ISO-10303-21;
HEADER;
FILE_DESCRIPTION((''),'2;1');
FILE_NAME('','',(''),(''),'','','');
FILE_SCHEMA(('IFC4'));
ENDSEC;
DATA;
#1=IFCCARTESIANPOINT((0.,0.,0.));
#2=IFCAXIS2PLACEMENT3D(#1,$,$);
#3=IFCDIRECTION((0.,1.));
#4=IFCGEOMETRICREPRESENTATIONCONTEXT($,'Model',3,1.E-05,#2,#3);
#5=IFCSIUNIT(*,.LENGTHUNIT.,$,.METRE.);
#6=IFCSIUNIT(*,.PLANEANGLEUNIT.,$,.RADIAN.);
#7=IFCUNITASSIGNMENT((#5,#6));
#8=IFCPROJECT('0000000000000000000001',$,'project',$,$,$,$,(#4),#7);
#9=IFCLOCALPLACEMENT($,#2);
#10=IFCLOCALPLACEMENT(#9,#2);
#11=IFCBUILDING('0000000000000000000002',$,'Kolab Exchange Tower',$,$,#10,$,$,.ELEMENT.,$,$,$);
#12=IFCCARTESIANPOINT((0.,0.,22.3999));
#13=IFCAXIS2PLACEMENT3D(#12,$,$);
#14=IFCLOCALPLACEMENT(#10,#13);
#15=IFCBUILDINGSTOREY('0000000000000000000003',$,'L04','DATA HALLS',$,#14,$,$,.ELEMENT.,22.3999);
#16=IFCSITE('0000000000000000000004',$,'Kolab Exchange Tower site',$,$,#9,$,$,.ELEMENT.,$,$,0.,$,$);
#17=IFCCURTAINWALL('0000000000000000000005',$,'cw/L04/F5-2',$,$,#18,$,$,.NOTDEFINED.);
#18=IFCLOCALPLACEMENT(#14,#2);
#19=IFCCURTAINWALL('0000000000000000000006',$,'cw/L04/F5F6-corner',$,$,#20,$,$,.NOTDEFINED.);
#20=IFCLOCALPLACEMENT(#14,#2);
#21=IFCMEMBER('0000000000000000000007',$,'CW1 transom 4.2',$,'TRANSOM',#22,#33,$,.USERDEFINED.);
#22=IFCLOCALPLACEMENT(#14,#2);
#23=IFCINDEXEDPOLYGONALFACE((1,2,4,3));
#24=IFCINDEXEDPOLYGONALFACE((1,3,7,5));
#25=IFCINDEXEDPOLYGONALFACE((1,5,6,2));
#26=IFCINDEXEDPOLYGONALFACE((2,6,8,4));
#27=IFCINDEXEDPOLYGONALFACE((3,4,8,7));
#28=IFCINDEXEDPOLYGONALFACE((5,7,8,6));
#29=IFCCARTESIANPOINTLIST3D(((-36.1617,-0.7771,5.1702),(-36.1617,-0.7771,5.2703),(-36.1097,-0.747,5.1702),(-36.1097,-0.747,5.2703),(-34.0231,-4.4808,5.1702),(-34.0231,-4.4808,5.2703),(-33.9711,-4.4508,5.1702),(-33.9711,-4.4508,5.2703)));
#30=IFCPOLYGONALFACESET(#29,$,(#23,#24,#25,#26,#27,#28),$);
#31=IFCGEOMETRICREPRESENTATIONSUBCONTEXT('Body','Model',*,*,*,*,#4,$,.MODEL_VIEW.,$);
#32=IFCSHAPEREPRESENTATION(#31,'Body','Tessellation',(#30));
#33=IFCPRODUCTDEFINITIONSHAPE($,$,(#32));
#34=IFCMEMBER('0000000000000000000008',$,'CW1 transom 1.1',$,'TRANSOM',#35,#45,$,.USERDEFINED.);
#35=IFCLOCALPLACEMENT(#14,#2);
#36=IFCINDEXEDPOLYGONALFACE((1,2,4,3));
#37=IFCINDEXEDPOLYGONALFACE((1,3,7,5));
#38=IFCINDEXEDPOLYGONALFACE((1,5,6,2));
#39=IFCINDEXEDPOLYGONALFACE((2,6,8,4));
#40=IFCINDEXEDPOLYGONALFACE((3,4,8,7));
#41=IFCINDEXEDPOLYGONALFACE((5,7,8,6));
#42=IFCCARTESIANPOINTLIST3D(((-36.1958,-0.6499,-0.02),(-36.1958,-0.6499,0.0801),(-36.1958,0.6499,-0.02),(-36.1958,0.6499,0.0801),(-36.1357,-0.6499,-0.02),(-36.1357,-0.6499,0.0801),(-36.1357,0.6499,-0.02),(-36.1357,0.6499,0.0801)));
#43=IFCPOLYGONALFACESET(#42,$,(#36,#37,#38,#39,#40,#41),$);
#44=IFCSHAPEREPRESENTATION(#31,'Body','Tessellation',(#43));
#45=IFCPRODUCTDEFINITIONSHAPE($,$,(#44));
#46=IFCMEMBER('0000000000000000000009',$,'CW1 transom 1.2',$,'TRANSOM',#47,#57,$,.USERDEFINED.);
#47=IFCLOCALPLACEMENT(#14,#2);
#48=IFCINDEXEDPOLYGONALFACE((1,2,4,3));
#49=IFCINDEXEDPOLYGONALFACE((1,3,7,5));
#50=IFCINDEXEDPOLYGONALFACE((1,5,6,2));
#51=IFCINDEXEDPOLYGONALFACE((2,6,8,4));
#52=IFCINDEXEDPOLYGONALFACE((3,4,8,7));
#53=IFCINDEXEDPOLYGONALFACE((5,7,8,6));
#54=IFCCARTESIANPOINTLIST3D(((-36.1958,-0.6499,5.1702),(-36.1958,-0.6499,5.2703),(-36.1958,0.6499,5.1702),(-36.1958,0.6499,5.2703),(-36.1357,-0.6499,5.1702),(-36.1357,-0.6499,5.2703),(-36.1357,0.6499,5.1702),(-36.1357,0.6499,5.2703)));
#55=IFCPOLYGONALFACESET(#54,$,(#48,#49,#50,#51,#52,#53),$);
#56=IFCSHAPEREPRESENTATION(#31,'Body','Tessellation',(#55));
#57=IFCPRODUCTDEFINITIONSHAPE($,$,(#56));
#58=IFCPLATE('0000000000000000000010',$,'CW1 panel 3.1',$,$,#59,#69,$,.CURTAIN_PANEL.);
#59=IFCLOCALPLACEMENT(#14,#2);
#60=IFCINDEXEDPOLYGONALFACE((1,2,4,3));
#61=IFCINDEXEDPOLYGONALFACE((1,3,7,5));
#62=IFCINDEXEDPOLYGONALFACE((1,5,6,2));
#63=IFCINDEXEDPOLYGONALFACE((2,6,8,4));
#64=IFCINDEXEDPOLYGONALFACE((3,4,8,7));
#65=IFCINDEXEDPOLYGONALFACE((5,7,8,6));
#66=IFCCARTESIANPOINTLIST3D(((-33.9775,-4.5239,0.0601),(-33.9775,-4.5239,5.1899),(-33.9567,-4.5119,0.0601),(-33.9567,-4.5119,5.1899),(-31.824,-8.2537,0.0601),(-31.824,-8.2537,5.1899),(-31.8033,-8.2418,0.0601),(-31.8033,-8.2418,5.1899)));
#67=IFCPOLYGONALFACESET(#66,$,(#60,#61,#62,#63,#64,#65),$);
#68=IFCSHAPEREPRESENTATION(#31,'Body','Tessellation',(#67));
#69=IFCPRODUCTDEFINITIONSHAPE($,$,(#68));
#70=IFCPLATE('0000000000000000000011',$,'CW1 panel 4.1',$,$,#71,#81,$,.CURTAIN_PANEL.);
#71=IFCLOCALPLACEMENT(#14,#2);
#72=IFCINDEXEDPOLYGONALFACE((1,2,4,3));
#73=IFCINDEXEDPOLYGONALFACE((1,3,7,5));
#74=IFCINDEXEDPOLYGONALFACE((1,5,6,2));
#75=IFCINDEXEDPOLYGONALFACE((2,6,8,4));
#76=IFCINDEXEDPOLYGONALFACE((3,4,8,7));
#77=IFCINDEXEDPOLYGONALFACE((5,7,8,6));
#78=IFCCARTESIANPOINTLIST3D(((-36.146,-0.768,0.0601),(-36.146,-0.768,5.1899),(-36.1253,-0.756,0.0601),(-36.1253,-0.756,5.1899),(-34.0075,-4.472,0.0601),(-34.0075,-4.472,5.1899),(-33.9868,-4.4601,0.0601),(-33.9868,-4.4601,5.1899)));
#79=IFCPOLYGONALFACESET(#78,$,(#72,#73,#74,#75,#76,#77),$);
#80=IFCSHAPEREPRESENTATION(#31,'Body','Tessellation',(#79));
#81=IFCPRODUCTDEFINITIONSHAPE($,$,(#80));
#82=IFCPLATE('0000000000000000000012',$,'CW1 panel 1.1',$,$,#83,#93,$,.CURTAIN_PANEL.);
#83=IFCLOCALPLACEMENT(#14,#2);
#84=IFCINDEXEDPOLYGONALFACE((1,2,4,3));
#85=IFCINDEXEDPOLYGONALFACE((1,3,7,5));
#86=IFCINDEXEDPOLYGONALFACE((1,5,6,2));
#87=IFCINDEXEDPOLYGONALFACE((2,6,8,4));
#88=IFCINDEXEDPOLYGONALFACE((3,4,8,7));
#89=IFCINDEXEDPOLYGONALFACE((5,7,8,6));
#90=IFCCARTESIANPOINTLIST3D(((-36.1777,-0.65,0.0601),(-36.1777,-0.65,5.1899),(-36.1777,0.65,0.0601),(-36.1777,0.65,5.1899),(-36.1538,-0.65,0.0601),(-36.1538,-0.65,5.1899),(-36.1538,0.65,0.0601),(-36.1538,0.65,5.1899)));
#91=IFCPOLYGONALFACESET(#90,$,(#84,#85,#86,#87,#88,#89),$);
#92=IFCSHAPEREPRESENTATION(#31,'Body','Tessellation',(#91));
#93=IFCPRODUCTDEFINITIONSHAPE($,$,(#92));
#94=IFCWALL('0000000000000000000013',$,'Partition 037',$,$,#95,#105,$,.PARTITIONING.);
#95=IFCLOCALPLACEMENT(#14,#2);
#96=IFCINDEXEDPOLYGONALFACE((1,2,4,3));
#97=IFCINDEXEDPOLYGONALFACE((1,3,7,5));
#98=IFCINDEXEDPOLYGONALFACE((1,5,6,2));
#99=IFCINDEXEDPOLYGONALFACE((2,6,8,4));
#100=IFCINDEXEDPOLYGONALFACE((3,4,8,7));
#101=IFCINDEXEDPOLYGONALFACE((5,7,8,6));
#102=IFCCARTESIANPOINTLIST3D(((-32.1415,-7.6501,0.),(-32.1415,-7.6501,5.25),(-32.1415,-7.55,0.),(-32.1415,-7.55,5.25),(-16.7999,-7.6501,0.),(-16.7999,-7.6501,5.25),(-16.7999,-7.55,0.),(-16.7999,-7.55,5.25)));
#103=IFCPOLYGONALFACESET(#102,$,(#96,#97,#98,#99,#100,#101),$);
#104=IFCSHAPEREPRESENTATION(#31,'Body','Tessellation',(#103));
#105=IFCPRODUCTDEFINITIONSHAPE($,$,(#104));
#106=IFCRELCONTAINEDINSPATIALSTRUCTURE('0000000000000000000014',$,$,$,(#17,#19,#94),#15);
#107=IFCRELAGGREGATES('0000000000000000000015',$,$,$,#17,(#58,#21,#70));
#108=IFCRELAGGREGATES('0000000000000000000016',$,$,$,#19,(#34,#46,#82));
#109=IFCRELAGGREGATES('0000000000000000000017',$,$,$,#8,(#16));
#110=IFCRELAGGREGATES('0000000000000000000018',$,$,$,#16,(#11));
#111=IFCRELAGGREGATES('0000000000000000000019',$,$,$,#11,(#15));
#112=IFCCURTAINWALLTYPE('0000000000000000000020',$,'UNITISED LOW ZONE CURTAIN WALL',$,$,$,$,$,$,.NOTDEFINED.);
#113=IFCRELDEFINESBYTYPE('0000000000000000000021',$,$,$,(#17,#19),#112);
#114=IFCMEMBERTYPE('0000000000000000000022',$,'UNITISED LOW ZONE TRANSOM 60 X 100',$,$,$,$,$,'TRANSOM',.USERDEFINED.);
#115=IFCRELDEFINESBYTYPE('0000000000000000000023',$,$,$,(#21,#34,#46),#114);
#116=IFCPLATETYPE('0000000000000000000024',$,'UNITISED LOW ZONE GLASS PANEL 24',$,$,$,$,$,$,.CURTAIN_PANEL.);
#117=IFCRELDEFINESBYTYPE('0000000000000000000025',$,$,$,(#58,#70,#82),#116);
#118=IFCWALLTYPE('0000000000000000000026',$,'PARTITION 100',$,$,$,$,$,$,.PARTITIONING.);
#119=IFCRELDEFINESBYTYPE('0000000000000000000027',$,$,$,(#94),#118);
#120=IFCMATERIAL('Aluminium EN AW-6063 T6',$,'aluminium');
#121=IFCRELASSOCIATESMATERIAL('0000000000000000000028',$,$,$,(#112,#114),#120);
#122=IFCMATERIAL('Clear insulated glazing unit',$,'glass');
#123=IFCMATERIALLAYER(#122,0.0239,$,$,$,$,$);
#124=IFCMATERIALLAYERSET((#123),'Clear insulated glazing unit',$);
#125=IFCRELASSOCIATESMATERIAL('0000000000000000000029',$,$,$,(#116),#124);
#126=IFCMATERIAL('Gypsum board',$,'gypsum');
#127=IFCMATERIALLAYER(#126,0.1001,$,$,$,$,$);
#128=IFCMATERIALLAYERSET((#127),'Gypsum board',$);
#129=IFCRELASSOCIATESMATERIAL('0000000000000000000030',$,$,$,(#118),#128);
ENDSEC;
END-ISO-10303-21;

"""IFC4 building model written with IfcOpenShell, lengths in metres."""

from ifc_helpers import new_model, si_unit, direction, frame, frame_2d, origin, origin_2d, place, context, subcontext, project, spatial, rectangle, extrude, material, layer, layer_set, material_profile, profile_set, type_object, element, aggregate, save


model = new_model("IFC4")

# Units and contexts
model_context = context("Model", 3, precision=1e-05, world=origin(), true_north=direction((0.0, 1.0)))
body_context = subcontext(model_context, "Body", "Model", "MODEL_VIEW")
ifc_project = project(units=[si_unit("LENGTHUNIT", "METRE"), si_unit("PLANEANGLEUNIT", "RADIAN")], contexts=[model_context])

# Site, building, storey
site_placement = place(None, origin())
site = spatial("IfcSite", under=ifc_project, at=site_placement, Name="Kolab Exchange Tower site", CompositionType="ELEMENT", RefElevation=0.0)
building_placement = place(site_placement, origin())
building = spatial("IfcBuilding", under=site, at=building_placement, Name="Kolab Exchange Tower", CompositionType="ELEMENT")
storey_placement = place(building_placement, frame((0.0, 0.0, 22.3999)))
storey = spatial("IfcBuildingStorey", under=building, at=storey_placement, Name="L04", Description="DATA HALLS", CompositionType="ELEMENT", Elevation=22.3999)

# Curtain wall
ifc_material_1 = material(Name="Aluminium EN AW-6063 T6", Category="aluminium")
curtain_wall_type = type_object("IfcCurtainWallType", Name="UNITISED LOW ZONE CURTAIN WALL", PredefinedType="NOTDEFINED", material=ifc_material_1)
curtain_wall_1_placement = place(storey_placement, origin())
curtain_wall_1 = element("IfcCurtainWall", 1, at=curtain_wall_1_placement, inside=storey, type_object=curtain_wall_type, Name="cw/L04/F5-2", PredefinedType="NOTDEFINED")

# Curtain wall
curtain_wall_2_placement = place(storey_placement, origin())
curtain_wall_2 = element("IfcCurtainWall", 2, at=curtain_wall_2_placement, inside=storey, type_object=curtain_wall_type, Name="cw/L04/F5F6-corner", PredefinedType="NOTDEFINED")

# Members
ifc_material_profile_1 = material_profile(ifc_material_1, rectangle(XDim=0.0601, YDim=0.1001, at=origin_2d()), Name="RECT 60X100")
ifc_profile_set_1 = profile_set([ifc_material_profile_1], Name="Aluminium EN AW-6063 T6")
member_type_1 = type_object("IfcMemberType", Name="UNITISED LOW ZONE TRANSOM 60 X 100", ElementType="TRANSOM", PredefinedType="USERDEFINED", material=ifc_profile_set_1)
member_1_placement = place(storey_placement, frame((-33.9971, -4.4658, 5.2202), z_axis=(-0.500044, 0.866, 0.0), x_axis=(-0.866, -0.500044, 0.0)))
member_1 = element("IfcMember", 3, at=member_1_placement, type_object=member_type_1, Name="CW1 transom 4.2", ObjectType="TRANSOM", PredefinedType="USERDEFINED", context=body_context, shape_type="SweptSolid", body=[
    extrude(rectangle(XDim=0.0601, YDim=0.1001, at=origin_2d()), origin(), (0.0, 0.0, 1.0), 4.2769),
])
member_2_placement = place(storey_placement, frame((-36.1658, -0.6499, 0.03), z_axis=(0.0, 1.0, 0.0), x_axis=(-1.0, 0.0, 0.0)))
member_2 = element("IfcMember", 4, at=member_2_placement, type_object=member_type_1, Name="CW1 transom 1.1", ObjectType="TRANSOM", PredefinedType="USERDEFINED", context=body_context, shape_type="SweptSolid", body=[
    extrude(rectangle(XDim=0.0601, YDim=0.1001, at=origin_2d()), origin(), (0.0, 0.0, 1.0), 1.2998),
])
member_3_placement = place(storey_placement, frame((-36.1658, -0.6499, 5.2202), z_axis=(0.0, 1.0, 0.0), x_axis=(-1.0, 0.0, 0.0)))
member_3 = element("IfcMember", 5, at=member_3_placement, type_object=member_type_1, Name="CW1 transom 1.2", ObjectType="TRANSOM", PredefinedType="USERDEFINED", context=body_context, shape_type="SweptSolid", body=[
    extrude(rectangle(XDim=0.0601, YDim=0.1001, at=origin_2d()), origin(), (0.0, 0.0, 1.0), 1.2998),
])

# Plates
ifc_material_2 = material(Name="Clear insulated glazing unit", Category="glass")
ifc_layer_1 = layer(ifc_material_2, 0.0239)
ifc_layer_set_1 = layer_set([ifc_layer_1], Name="Clear insulated glazing unit")
plate_type = type_object("IfcPlateType", Name="UNITISED LOW ZONE GLASS PANEL 24", PredefinedType="CURTAIN_PANEL", material=ifc_layer_set_1)
plate_1_placement = place(storey_placement, frame((-32.8904, -6.3828, 0.0601), z_axis=(0.0, 0.0, 1.0), x_axis=(-0.5, 0.866025, 0.0)))
plate_1 = element("IfcPlate", 6, at=plate_1_placement, type_object=plate_type, Name="CW1 panel 3.1", PredefinedType="CURTAIN_PANEL", context=body_context, shape_type="SweptSolid", body=[
    extrude(rectangle(XDim=4.3069, YDim=0.0239, at=origin_2d()), origin(), (0.0, 0.0, 1.0), 5.1299),
])
plate_2_placement = place(storey_placement, frame((-35.0664, -2.614, 0.0601), z_axis=(0.0, 0.0, 1.0), x_axis=(-0.5, 0.866025, 0.0)))
plate_2 = element("IfcPlate", 7, at=plate_2_placement, type_object=plate_type, Name="CW1 panel 4.1", PredefinedType="CURTAIN_PANEL", context=body_context, shape_type="SweptSolid", body=[
    extrude(rectangle(XDim=4.2771, YDim=0.0239, at=origin_2d()), origin(), (0.0, 0.0, 1.0), 5.1299),
])
aggregate(curtain_wall_1, [plate_1, member_1, plate_2])
plate_3_placement = place(storey_placement, frame((-36.1658, 0.0, 0.0601), z_axis=(0.0, 0.0, 1.0), x_axis=(0.0, 1.0, 0.0)))
plate_3 = element("IfcPlate", 8, at=plate_3_placement, type_object=plate_type, Name="CW1 panel 1.1", PredefinedType="CURTAIN_PANEL", context=body_context, shape_type="SweptSolid", body=[
    extrude(rectangle(XDim=1.3, YDim=0.0239, at=origin_2d()), origin(), (0.0, 0.0, 1.0), 5.1299),
])
aggregate(curtain_wall_2, [member_2, member_3, plate_3])

# Wall
ifc_material_3 = material(Name="Gypsum board", Category="gypsum")
ifc_layer_2 = layer(ifc_material_3, 0.1001)
ifc_layer_set_2 = layer_set([ifc_layer_2], Name="Gypsum board")
wall_type = type_object("IfcWallType", Name="PARTITION 100", PredefinedType="PARTITIONING", material=ifc_layer_set_2)
wall_placement = place(storey_placement, frame((-32.1416, -7.6001, 0.0), z_axis=(0.0, 0.0, 1.0), x_axis=(1.0, 0.0, 0.0)))
element("IfcWall", 9, at=wall_placement, inside=storey, type_object=wall_type, Name="Partition 037", PredefinedType="PARTITIONING", context=body_context, shape_type="SweptSolid", body=[
    extrude(rectangle(XDim=15.3416, YDim=0.1001, at=frame_2d((7.6709, 0.0))), origin(), (0.0, 0.0, 1.0), 5.25),
])

save(model, "model.ifc")
